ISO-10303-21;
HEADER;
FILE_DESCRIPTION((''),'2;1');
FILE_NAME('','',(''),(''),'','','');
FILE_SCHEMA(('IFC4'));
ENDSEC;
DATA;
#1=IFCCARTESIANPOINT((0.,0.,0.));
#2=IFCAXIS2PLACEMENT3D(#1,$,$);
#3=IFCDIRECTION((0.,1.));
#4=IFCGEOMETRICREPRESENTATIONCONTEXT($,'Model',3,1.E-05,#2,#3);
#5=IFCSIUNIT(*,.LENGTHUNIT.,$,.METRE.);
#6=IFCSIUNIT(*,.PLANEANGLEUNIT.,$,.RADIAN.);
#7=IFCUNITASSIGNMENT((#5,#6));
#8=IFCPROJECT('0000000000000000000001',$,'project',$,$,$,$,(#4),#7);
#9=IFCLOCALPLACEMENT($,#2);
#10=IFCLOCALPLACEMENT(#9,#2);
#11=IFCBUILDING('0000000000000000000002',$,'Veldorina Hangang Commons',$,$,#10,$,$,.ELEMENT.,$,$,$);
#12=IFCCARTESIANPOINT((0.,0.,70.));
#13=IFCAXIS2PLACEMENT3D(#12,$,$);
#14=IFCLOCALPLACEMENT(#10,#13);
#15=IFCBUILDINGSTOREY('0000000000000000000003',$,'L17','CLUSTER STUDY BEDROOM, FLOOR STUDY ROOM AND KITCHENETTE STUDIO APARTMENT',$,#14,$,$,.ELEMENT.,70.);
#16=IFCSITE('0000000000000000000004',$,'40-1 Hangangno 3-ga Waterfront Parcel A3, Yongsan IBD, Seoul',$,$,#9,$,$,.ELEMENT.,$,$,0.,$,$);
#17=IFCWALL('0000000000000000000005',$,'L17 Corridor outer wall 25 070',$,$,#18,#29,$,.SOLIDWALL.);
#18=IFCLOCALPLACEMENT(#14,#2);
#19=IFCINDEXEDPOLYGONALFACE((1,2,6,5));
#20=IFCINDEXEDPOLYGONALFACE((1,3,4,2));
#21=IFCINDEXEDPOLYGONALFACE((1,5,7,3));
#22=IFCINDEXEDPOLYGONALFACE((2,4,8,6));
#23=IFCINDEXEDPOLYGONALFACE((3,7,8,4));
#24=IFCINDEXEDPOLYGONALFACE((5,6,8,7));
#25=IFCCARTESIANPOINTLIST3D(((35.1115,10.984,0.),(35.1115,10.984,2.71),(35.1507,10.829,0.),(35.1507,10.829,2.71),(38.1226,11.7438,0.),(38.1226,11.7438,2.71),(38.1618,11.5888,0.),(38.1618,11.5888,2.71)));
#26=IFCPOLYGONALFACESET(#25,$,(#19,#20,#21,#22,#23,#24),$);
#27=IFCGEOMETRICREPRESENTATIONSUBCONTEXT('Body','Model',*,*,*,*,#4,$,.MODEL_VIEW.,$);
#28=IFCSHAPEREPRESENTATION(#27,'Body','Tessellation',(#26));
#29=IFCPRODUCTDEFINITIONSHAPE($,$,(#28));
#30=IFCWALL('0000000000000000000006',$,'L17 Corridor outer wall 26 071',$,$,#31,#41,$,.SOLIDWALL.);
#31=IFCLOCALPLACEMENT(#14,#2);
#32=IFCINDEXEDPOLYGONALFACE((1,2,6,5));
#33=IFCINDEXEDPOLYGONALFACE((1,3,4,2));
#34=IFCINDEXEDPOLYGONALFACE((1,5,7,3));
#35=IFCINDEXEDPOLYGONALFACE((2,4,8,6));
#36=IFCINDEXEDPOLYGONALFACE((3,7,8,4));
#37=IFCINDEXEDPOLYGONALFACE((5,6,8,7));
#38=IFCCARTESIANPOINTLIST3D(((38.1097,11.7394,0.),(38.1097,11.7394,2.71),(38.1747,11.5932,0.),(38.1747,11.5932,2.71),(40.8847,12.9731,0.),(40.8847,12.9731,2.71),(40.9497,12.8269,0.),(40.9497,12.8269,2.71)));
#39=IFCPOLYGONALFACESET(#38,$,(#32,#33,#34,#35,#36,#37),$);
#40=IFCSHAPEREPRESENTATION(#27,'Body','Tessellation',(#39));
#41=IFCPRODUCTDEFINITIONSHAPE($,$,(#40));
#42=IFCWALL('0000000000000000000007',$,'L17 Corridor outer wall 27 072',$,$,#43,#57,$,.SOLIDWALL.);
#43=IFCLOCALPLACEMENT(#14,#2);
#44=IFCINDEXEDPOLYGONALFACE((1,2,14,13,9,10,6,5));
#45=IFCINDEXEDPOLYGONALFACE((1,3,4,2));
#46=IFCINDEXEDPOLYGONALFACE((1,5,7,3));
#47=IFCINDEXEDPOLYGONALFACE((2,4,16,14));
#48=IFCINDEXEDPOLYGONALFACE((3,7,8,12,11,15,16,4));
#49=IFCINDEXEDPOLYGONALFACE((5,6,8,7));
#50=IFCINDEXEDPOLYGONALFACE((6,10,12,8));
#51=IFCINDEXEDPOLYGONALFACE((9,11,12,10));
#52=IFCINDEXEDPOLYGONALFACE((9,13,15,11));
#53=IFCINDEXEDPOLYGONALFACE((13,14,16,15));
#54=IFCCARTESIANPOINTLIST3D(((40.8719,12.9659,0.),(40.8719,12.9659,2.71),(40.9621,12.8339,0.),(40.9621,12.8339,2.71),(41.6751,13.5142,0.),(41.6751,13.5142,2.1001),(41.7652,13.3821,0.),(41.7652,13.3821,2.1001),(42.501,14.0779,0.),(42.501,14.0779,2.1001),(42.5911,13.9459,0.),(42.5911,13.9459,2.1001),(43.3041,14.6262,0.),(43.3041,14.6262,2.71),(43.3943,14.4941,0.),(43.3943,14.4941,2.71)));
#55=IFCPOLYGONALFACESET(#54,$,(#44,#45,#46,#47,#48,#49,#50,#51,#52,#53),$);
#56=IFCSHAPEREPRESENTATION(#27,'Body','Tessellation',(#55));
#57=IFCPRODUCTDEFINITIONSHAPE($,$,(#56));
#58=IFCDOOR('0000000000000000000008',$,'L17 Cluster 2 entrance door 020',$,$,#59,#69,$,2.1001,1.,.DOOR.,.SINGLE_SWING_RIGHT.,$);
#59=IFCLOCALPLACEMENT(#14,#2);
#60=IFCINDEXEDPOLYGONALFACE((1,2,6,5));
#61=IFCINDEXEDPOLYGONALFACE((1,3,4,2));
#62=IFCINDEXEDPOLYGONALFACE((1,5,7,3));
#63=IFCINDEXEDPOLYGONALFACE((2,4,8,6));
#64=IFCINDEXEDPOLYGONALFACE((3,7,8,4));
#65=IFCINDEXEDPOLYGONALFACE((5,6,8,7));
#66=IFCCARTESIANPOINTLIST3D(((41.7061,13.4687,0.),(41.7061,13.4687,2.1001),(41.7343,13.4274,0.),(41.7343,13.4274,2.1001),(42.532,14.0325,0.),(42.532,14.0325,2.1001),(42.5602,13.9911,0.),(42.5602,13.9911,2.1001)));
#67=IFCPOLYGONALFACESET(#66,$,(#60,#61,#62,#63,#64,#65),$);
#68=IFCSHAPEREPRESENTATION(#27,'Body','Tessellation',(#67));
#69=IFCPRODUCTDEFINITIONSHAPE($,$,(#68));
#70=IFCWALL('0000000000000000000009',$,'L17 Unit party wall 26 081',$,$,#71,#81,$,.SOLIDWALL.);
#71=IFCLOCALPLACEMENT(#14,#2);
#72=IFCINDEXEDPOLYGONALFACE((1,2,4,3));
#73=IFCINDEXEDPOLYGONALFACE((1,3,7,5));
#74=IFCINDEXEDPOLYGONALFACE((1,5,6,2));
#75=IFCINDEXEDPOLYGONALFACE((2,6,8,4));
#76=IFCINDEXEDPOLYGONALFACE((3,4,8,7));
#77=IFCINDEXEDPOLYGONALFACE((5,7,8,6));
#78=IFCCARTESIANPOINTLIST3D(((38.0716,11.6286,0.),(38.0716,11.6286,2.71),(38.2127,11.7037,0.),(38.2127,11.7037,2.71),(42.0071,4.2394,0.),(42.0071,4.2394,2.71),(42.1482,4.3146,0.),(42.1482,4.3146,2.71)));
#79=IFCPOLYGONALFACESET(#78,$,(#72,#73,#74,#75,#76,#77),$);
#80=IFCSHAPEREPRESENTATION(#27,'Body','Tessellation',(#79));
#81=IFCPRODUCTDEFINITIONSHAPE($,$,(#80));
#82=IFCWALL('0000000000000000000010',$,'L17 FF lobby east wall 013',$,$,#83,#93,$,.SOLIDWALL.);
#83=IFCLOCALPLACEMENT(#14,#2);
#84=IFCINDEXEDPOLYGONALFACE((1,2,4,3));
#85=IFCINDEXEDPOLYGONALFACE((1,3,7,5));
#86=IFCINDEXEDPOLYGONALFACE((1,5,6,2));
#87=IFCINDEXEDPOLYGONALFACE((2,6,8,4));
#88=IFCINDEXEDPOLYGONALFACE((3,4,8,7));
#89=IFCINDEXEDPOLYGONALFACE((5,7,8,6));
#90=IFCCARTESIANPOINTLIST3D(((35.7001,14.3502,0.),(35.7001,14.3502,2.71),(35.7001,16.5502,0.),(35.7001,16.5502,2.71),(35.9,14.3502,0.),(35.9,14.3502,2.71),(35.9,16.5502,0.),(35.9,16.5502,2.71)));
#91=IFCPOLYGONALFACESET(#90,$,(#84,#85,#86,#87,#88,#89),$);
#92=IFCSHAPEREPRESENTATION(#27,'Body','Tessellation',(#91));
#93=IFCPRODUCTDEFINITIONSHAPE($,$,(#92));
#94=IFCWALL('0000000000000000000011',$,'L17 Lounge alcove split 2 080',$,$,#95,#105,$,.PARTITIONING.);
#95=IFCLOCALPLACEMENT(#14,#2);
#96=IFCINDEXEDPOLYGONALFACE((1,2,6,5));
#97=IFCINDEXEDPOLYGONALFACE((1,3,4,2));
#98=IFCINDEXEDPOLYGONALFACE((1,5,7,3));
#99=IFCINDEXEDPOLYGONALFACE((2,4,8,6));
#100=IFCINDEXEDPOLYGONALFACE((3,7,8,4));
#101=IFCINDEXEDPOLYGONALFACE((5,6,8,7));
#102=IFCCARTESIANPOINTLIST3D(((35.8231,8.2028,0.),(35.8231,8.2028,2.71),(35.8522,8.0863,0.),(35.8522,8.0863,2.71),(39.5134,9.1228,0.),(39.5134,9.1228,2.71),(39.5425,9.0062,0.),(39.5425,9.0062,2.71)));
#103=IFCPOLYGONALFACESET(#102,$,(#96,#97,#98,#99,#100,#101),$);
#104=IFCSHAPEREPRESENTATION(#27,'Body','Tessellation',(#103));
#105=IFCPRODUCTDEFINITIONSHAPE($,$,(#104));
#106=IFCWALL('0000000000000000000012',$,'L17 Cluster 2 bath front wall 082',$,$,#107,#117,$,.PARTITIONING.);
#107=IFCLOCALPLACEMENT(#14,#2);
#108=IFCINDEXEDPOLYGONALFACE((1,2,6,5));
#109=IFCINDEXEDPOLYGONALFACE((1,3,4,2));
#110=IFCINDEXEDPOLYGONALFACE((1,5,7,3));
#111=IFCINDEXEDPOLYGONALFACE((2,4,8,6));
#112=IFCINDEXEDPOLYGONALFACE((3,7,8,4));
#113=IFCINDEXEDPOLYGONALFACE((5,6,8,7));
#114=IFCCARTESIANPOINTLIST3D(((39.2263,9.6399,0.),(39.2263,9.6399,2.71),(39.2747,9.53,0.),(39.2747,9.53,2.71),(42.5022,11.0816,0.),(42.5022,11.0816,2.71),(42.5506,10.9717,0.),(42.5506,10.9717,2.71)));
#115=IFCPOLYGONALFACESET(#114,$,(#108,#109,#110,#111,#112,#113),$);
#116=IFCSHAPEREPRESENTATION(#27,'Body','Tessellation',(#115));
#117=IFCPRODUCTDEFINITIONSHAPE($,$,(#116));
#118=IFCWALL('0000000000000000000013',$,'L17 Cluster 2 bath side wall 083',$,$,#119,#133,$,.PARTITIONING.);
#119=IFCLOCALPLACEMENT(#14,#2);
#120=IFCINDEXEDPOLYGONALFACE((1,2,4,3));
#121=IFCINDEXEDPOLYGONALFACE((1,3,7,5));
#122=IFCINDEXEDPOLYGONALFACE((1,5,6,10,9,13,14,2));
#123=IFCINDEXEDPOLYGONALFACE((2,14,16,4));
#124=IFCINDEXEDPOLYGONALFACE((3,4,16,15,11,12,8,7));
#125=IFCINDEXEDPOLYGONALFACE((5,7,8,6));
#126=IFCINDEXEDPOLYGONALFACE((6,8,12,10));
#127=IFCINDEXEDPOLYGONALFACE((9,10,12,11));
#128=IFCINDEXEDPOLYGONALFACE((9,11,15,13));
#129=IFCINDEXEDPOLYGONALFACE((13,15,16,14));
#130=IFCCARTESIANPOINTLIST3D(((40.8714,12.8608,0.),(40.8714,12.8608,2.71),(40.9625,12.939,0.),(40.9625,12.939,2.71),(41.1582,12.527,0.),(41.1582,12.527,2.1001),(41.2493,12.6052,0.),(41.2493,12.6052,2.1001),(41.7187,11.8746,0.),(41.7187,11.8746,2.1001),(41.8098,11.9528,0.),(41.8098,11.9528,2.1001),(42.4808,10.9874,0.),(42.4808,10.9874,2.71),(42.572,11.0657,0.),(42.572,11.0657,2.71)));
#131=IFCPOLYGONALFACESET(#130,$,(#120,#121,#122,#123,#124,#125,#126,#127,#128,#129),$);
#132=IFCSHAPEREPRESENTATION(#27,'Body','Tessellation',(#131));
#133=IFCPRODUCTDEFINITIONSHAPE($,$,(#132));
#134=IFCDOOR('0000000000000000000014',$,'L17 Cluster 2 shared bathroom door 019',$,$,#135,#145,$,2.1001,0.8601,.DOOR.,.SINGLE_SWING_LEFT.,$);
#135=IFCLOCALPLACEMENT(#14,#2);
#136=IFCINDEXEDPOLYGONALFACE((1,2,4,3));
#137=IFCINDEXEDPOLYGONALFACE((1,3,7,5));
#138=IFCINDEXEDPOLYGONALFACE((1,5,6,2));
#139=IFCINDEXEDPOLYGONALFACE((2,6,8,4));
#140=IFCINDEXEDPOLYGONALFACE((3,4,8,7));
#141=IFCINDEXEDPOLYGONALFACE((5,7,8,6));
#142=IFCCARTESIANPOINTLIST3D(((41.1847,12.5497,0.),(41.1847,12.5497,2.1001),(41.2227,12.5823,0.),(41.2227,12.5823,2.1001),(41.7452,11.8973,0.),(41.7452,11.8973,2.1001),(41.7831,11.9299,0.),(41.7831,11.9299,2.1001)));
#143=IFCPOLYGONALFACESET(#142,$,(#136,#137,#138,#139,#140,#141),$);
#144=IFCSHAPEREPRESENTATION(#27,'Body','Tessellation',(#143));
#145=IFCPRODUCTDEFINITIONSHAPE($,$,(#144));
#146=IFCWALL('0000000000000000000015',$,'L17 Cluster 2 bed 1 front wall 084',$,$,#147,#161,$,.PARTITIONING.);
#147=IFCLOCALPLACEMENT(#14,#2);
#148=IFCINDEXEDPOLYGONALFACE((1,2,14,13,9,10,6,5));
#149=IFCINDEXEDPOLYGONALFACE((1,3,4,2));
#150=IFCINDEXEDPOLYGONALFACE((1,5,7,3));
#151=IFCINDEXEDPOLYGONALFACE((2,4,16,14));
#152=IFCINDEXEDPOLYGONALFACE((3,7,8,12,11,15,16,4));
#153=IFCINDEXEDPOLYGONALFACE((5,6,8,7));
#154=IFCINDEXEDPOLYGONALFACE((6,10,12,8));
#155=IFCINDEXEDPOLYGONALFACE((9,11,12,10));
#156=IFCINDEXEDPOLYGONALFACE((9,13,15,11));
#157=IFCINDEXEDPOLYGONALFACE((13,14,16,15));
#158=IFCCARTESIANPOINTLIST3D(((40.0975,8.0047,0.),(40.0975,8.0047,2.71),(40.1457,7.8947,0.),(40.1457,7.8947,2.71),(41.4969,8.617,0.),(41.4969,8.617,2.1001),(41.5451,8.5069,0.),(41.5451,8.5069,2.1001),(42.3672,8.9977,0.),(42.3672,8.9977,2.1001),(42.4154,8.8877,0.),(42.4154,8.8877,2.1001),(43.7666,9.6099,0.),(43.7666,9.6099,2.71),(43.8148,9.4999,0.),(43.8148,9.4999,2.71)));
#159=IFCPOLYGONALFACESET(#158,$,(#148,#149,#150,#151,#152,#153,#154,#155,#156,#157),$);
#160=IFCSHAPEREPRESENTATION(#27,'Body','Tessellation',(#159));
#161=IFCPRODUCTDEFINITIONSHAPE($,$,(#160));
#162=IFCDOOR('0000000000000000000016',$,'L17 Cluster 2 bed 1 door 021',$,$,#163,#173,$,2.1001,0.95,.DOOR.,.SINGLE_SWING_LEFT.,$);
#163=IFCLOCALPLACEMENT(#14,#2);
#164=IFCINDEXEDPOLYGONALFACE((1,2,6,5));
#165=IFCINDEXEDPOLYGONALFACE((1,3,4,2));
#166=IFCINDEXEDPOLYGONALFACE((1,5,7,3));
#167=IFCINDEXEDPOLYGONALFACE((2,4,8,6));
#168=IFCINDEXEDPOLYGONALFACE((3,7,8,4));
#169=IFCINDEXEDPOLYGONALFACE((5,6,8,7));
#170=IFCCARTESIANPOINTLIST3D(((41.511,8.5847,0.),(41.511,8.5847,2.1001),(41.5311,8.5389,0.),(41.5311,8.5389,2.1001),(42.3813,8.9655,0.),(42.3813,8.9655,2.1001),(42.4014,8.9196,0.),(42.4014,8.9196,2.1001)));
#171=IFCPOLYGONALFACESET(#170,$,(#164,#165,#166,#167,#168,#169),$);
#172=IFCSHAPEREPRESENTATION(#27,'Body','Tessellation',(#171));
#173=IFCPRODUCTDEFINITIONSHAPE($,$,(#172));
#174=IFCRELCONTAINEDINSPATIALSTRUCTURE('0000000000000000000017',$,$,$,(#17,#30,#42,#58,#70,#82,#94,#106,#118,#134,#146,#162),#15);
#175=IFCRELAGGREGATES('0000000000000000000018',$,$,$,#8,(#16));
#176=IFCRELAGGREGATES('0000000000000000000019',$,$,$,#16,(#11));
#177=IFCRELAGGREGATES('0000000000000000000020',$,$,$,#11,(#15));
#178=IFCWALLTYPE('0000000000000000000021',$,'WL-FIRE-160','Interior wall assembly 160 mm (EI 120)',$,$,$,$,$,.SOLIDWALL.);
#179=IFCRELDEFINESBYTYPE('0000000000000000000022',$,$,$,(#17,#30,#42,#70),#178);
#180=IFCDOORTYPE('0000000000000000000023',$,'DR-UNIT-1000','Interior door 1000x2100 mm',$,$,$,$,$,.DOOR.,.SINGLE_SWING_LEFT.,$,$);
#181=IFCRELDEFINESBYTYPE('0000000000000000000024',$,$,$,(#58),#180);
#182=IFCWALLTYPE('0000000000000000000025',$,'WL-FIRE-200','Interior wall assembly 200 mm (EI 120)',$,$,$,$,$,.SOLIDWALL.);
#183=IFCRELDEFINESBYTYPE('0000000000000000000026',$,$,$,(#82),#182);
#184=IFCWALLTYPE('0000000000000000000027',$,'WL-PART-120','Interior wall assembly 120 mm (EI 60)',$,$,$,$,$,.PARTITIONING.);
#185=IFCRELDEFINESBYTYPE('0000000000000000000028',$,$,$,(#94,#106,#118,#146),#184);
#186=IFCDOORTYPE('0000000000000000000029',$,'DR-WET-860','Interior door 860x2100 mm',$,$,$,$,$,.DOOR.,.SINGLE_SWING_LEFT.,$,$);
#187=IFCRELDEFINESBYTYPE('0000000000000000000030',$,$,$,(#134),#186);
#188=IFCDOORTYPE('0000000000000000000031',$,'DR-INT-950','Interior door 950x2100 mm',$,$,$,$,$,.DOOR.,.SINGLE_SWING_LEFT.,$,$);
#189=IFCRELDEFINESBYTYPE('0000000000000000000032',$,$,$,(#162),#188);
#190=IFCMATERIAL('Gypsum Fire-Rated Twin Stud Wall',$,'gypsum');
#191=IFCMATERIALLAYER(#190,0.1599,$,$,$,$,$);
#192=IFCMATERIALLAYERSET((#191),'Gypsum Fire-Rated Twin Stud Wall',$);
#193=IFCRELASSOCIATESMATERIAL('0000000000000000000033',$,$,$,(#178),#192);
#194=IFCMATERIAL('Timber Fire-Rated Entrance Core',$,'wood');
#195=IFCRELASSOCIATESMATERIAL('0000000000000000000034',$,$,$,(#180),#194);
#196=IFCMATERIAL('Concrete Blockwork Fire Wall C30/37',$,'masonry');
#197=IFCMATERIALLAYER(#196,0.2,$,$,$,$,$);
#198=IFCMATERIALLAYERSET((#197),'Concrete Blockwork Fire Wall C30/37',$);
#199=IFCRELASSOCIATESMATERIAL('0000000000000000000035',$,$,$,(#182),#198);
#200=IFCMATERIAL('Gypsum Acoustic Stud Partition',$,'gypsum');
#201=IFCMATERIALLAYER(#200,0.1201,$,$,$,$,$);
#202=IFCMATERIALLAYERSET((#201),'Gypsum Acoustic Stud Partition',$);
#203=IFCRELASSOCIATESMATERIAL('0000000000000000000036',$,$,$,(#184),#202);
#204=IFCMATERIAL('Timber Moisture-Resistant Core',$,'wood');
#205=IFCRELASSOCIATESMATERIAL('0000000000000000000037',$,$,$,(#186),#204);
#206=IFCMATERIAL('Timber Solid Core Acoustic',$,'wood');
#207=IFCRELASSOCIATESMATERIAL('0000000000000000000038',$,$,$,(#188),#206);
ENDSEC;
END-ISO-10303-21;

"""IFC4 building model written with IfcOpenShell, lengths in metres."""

from ifc_helpers import new_model, si_unit, direction, frame, frame_2d, origin, place, context, subcontext, project, spatial, rectangle, extrude, material, layer, layer_set, type_object, element, fill, save


model = new_model("IFC4")

# Units and contexts
model_context = context("Model", 3, precision=1e-05, world=origin(), true_north=direction((0.0, 1.0)))
body_context = subcontext(model_context, "Body", "Model", "MODEL_VIEW")
ifc_project = project(units=[si_unit("LENGTHUNIT", "METRE"), si_unit("PLANEANGLEUNIT", "RADIAN")], contexts=[model_context])

# Site, building, storey
site_placement = place(None, origin())
site = spatial("IfcSite", under=ifc_project, at=site_placement, Name="40-1 Hangangno 3-ga Waterfront Parcel A3, Yongsan IBD, Seoul", CompositionType="ELEMENT", RefElevation=0.0)
building_placement = place(site_placement, origin())
building = spatial("IfcBuilding", under=site, at=building_placement, Name="Veldorina Hangang Commons", CompositionType="ELEMENT")
storey_placement = place(building_placement, frame((0.0, 0.0, 70.0)))
storey = spatial("IfcBuildingStorey", under=building, at=storey_placement, Name="L17", Description="CLUSTER STUDY BEDROOM, FLOOR STUDY ROOM AND KITCHENETTE STUDIO APARTMENT", CompositionType="ELEMENT", Elevation=70.0)

# Walls
ifc_material_1 = material(Name="Gypsum Fire-Rated Twin Stud Wall", Category="gypsum")
ifc_layer_1 = layer(ifc_material_1, 0.1599)
ifc_layer_set_1 = layer_set([ifc_layer_1], Name="Gypsum Fire-Rated Twin Stud Wall")
wall_type_1 = type_object("IfcWallType", Name="WL-FIRE-160", Description="Interior wall assembly 160 mm (EI 120)", PredefinedType="SOLIDWALL", material=ifc_layer_set_1)
wall_1_placement = place(storey_placement, frame((35.1311, 10.9065, 0.0), z_axis=(0.0, 0.0, 1.0), x_axis=(0.969608, 0.244662, 0.0)))
element("IfcWall", 1, at=wall_1_placement, inside=storey, type_object=wall_type_1, Name="L17 Corridor outer wall 25 070", PredefinedType="SOLIDWALL", context=body_context, shape_type="SweptSolid", body=[
    extrude(rectangle(XDim=3.1055, YDim=0.1599, at=frame_2d((1.5527, 0.0))), origin(), (0.0, 0.0, 1.0), 2.71),
])
wall_2_placement = place(storey_placement, frame((38.1421, 11.6663, 0.0), z_axis=(0.0, 0.0, 1.0), x_axis=(0.913768, 0.406235, 0.0)))
element("IfcWall", 2, at=wall_2_placement, inside=storey, type_object=wall_type_1, Name="L17 Corridor outer wall 26 071", PredefinedType="SOLIDWALL", context=body_context, shape_type="SweptSolid", body=[
    extrude(rectangle(XDim=3.0369, YDim=0.1599, at=frame_2d((1.5186, 0.0))), origin(), (0.0, 0.0, 1.0), 2.71),
])

# Wall, opening, door
wall_3_placement = place(storey_placement, frame((40.917, 12.8999, 0.0), z_axis=(0.0, 0.0, 1.0), x_axis=(0.825929, 0.563774, 0.0)))
wall_3 = element("IfcWall", 3, at=wall_3_placement, inside=storey, type_object=wall_type_1, Name="L17 Corridor outer wall 27 072", PredefinedType="SOLIDWALL", context=body_context, shape_type="SweptSolid", body=[
    extrude(rectangle(XDim=2.9448, YDim=0.1599, at=frame_2d((1.4724, 0.0))), origin(), (0.0, 0.0, 1.0), 2.71),
])
opening_1_placement = place(wall_3_placement, frame((0.9724, 0.0, 0.0)))
opening_1 = element("IfcOpeningElement", 4, at=opening_1_placement, cuts=wall_3, PredefinedType="OPENING", context=body_context, shape_type="SweptSolid", body=[
    extrude(rectangle(XDim=1.0, YDim=2.1001, at=frame_2d((0.5, 1.05))), frame((0.0, 0.0898, 0.0), z_axis=(0.0, -1.0, 0.0), x_axis=(1.0, 0.0, 0.0)), (0.0, 0.0, 1.0), 0.1799),
])
ifc_material_2 = material(Name="Timber Fire-Rated Entrance Core", Category="wood")
door_type_1 = type_object("IfcDoorType", Name="DR-UNIT-1000", Description="Interior door 1000x2100 mm", OperationType="SINGLE_SWING_LEFT", PredefinedType="DOOR", material=ifc_material_2)
door_1_placement = place(opening_1_placement, origin())
door_1 = element("IfcDoor", 5, at=door_1_placement, inside=storey, type_object=door_type_1, Name="L17 Cluster 2 entrance door 020", OperationType="SINGLE_SWING_RIGHT", OverallHeight=2.1001, OverallWidth=1.0, PredefinedType="DOOR", context=body_context, shape_type="SweptSolid", body=[
    extrude(rectangle(XDim=1.0, YDim=2.1001, at=frame_2d((0.5, 1.05))), frame((0.0, 0.0249, 0.0), z_axis=(0.0, -1.0, 0.0), x_axis=(1.0, 0.0, 0.0)), (0.0, 0.0, 1.0), 0.05),
])
fill(opening_1, door_1)

# Walls
wall_4_placement = place(storey_placement, frame((38.1421, 11.6663, 0.0), z_axis=(0.0, 0.0, 1.0), x_axis=(0.470092, -0.882618, 0.0)))
element("IfcWall", 6, at=wall_4_placement, inside=storey, type_object=wall_type_1, Name="L17 Unit party wall 26 081", PredefinedType="SOLIDWALL", context=body_context, shape_type="SweptSolid", body=[
    extrude(rectangle(XDim=8.3718, YDim=0.1599, at=frame_2d((4.186, 0.0))), origin(), (0.0, 0.0, 1.0), 2.71),
])
ifc_material_3 = material(Name="Concrete Blockwork Fire Wall C30/37", Category="masonry")
ifc_layer_2 = layer(ifc_material_3, 0.2)
ifc_layer_set_2 = layer_set([ifc_layer_2], Name="Concrete Blockwork Fire Wall C30/37")
wall_type_2 = type_object("IfcWallType", Name="WL-FIRE-200", Description="Interior wall assembly 200 mm (EI 120)", PredefinedType="SOLIDWALL", material=ifc_layer_set_2)
wall_5_placement = place(storey_placement, frame((35.8, 14.3501, 0.0), z_axis=(0.0, 0.0, 1.0), x_axis=(0.0, 1.0, 0.0)))
element("IfcWall", 7, at=wall_5_placement, inside=storey, type_object=wall_type_2, Name="L17 FF lobby east wall 013", PredefinedType="SOLIDWALL", context=body_context, shape_type="SweptSolid", body=[
    extrude(rectangle(XDim=2.2, YDim=0.2, at=frame_2d((1.1001, 0.0))), origin(), (0.0, 0.0, 1.0), 2.71),
])
ifc_material_4 = material(Name="Gypsum Acoustic Stud Partition", Category="gypsum")
ifc_layer_3 = layer(ifc_material_4, 0.1201)
ifc_layer_set_3 = layer_set([ifc_layer_3], Name="Gypsum Acoustic Stud Partition")
wall_type_3 = type_object("IfcWallType", Name="WL-PART-120", Description="Interior wall assembly 120 mm (EI 60)", PredefinedType="PARTITIONING", material=ifc_layer_set_3)
wall_6_placement = place(storey_placement, frame((35.8376, 8.1445, 0.0), z_axis=(0.0, 0.0, 1.0), x_axis=(0.970305, 0.241886, 0.0)))
element("IfcWall", 8, at=wall_6_placement, inside=storey, type_object=wall_type_3, Name="L17 Lounge alcove split 2 080", PredefinedType="PARTITIONING", context=body_context, shape_type="SweptSolid", body=[
    extrude(rectangle(XDim=3.8032, YDim=0.1201, at=frame_2d((1.9016, 0.0))), origin(), (0.0, 0.0, 1.0), 2.71),
])
wall_7_placement = place(storey_placement, frame((39.2505, 9.585, 0.0), z_axis=(0.0, 0.0, 1.0), x_axis=(0.915288, 0.4028, 0.0)))
element("IfcWall", 9, at=wall_7_placement, inside=storey, type_object=wall_type_3, Name="L17 Cluster 2 bath front wall 082", PredefinedType="PARTITIONING", context=body_context, shape_type="SweptSolid", body=[
    extrude(rectangle(XDim=3.5791, YDim=0.1201, at=frame_2d((1.7896, 0.0))), origin(), (0.0, 0.0, 1.0), 2.71),
])

# Walls, openings, doors
wall_8_placement = place(storey_placement, frame((40.917, 12.8999, 0.0), z_axis=(0.0, 0.0, 1.0), x_axis=(0.651654, -0.758516, 0.0)))
wall_8 = element("IfcWall", 10, at=wall_8_placement, inside=storey, type_object=wall_type_3, Name="L17 Cluster 2 bath side wall 083", PredefinedType="PARTITIONING", context=body_context, shape_type="SweptSolid", body=[
    extrude(rectangle(XDim=2.4697, YDim=0.1201, at=frame_2d((1.2349, 0.0))), origin(), (0.0, 0.0, 1.0), 2.71),
])
opening_2_placement = place(wall_8_placement, frame((0.4399, 0.0, 0.0)))
opening_2 = element("IfcOpeningElement", 11, at=opening_2_placement, cuts=wall_8, PredefinedType="OPENING", context=body_context, shape_type="SweptSolid", body=[
    extrude(rectangle(XDim=0.8601, YDim=2.1001, at=frame_2d((0.4302, 1.05))), frame((0.0, 0.0701, 0.0), z_axis=(0.0, -1.0, 0.0), x_axis=(1.0, 0.0, 0.0)), (0.0, 0.0, 1.0), 0.1401),
])
ifc_material_5 = material(Name="Timber Moisture-Resistant Core", Category="wood")
door_type_2 = type_object("IfcDoorType", Name="DR-WET-860", Description="Interior door 860x2100 mm", OperationType="SINGLE_SWING_LEFT", PredefinedType="DOOR", material=ifc_material_5)
door_2_placement = place(opening_2_placement, origin())
door_2 = element("IfcDoor", 12, at=door_2_placement, inside=storey, type_object=door_type_2, Name="L17 Cluster 2 shared bathroom door 019", OperationType="SINGLE_SWING_LEFT", OverallHeight=2.1001, OverallWidth=0.8601, PredefinedType="DOOR", context=body_context, shape_type="SweptSolid", body=[
    extrude(rectangle(XDim=0.8601, YDim=2.1001, at=frame_2d((0.4302, 1.05))), frame((0.0, 0.0249, 0.0), z_axis=(0.0, -1.0, 0.0), x_axis=(1.0, 0.0, 0.0)), (0.0, 0.0, 1.0), 0.05),
])
fill(opening_2, door_2)
wall_9_placement = place(storey_placement, frame((40.1216, 7.9497, 0.0), z_axis=(0.0, 0.0, 1.0), x_axis=(0.916162, 0.400809, 0.0)))
wall_9 = element("IfcWall", 13, at=wall_9_placement, inside=storey, type_object=wall_type_3, Name="L17 Cluster 2 bed 1 front wall 084", PredefinedType="PARTITIONING", context=body_context, shape_type="SweptSolid", body=[
    extrude(rectangle(XDim=4.0049, YDim=0.1201, at=frame_2d((2.0024, 0.0))), origin(), (0.0, 0.0, 1.0), 2.71),
])
opening_3_placement = place(wall_9_placement, frame((1.5273, 0.0, 0.0)))
opening_3 = element("IfcOpeningElement", 14, at=opening_3_placement, cuts=wall_9, PredefinedType="OPENING", context=body_context, shape_type="SweptSolid", body=[
    extrude(rectangle(XDim=0.95, YDim=2.1001, at=frame_2d((0.4751, 1.05))), frame((0.0, 0.0701, 0.0), z_axis=(0.0, -1.0, 0.0), x_axis=(1.0, 0.0, 0.0)), (0.0, 0.0, 1.0), 0.1401),
])
ifc_material_6 = material(Name="Timber Solid Core Acoustic", Category="wood")
door_type_3 = type_object("IfcDoorType", Name="DR-INT-950", Description="Interior door 950x2100 mm", OperationType="SINGLE_SWING_LEFT", PredefinedType="DOOR", material=ifc_material_6)
door_3_placement = place(opening_3_placement, origin())
door_3 = element("IfcDoor", 15, at=door_3_placement, inside=storey, type_object=door_type_3, Name="L17 Cluster 2 bed 1 door 021", OperationType="SINGLE_SWING_LEFT", OverallHeight=2.1001, OverallWidth=0.95, PredefinedType="DOOR", context=body_context, shape_type="SweptSolid", body=[
    extrude(rectangle(XDim=0.95, YDim=2.1001, at=frame_2d((0.4751, 1.05))), frame((0.0, 0.0249, 0.0), z_axis=(0.0, -1.0, 0.0), x_axis=(1.0, 0.0, 0.0)), (0.0, 0.0, 1.0), 0.05),
])
fill(opening_3, door_3)

save(model, "model.ifc")
